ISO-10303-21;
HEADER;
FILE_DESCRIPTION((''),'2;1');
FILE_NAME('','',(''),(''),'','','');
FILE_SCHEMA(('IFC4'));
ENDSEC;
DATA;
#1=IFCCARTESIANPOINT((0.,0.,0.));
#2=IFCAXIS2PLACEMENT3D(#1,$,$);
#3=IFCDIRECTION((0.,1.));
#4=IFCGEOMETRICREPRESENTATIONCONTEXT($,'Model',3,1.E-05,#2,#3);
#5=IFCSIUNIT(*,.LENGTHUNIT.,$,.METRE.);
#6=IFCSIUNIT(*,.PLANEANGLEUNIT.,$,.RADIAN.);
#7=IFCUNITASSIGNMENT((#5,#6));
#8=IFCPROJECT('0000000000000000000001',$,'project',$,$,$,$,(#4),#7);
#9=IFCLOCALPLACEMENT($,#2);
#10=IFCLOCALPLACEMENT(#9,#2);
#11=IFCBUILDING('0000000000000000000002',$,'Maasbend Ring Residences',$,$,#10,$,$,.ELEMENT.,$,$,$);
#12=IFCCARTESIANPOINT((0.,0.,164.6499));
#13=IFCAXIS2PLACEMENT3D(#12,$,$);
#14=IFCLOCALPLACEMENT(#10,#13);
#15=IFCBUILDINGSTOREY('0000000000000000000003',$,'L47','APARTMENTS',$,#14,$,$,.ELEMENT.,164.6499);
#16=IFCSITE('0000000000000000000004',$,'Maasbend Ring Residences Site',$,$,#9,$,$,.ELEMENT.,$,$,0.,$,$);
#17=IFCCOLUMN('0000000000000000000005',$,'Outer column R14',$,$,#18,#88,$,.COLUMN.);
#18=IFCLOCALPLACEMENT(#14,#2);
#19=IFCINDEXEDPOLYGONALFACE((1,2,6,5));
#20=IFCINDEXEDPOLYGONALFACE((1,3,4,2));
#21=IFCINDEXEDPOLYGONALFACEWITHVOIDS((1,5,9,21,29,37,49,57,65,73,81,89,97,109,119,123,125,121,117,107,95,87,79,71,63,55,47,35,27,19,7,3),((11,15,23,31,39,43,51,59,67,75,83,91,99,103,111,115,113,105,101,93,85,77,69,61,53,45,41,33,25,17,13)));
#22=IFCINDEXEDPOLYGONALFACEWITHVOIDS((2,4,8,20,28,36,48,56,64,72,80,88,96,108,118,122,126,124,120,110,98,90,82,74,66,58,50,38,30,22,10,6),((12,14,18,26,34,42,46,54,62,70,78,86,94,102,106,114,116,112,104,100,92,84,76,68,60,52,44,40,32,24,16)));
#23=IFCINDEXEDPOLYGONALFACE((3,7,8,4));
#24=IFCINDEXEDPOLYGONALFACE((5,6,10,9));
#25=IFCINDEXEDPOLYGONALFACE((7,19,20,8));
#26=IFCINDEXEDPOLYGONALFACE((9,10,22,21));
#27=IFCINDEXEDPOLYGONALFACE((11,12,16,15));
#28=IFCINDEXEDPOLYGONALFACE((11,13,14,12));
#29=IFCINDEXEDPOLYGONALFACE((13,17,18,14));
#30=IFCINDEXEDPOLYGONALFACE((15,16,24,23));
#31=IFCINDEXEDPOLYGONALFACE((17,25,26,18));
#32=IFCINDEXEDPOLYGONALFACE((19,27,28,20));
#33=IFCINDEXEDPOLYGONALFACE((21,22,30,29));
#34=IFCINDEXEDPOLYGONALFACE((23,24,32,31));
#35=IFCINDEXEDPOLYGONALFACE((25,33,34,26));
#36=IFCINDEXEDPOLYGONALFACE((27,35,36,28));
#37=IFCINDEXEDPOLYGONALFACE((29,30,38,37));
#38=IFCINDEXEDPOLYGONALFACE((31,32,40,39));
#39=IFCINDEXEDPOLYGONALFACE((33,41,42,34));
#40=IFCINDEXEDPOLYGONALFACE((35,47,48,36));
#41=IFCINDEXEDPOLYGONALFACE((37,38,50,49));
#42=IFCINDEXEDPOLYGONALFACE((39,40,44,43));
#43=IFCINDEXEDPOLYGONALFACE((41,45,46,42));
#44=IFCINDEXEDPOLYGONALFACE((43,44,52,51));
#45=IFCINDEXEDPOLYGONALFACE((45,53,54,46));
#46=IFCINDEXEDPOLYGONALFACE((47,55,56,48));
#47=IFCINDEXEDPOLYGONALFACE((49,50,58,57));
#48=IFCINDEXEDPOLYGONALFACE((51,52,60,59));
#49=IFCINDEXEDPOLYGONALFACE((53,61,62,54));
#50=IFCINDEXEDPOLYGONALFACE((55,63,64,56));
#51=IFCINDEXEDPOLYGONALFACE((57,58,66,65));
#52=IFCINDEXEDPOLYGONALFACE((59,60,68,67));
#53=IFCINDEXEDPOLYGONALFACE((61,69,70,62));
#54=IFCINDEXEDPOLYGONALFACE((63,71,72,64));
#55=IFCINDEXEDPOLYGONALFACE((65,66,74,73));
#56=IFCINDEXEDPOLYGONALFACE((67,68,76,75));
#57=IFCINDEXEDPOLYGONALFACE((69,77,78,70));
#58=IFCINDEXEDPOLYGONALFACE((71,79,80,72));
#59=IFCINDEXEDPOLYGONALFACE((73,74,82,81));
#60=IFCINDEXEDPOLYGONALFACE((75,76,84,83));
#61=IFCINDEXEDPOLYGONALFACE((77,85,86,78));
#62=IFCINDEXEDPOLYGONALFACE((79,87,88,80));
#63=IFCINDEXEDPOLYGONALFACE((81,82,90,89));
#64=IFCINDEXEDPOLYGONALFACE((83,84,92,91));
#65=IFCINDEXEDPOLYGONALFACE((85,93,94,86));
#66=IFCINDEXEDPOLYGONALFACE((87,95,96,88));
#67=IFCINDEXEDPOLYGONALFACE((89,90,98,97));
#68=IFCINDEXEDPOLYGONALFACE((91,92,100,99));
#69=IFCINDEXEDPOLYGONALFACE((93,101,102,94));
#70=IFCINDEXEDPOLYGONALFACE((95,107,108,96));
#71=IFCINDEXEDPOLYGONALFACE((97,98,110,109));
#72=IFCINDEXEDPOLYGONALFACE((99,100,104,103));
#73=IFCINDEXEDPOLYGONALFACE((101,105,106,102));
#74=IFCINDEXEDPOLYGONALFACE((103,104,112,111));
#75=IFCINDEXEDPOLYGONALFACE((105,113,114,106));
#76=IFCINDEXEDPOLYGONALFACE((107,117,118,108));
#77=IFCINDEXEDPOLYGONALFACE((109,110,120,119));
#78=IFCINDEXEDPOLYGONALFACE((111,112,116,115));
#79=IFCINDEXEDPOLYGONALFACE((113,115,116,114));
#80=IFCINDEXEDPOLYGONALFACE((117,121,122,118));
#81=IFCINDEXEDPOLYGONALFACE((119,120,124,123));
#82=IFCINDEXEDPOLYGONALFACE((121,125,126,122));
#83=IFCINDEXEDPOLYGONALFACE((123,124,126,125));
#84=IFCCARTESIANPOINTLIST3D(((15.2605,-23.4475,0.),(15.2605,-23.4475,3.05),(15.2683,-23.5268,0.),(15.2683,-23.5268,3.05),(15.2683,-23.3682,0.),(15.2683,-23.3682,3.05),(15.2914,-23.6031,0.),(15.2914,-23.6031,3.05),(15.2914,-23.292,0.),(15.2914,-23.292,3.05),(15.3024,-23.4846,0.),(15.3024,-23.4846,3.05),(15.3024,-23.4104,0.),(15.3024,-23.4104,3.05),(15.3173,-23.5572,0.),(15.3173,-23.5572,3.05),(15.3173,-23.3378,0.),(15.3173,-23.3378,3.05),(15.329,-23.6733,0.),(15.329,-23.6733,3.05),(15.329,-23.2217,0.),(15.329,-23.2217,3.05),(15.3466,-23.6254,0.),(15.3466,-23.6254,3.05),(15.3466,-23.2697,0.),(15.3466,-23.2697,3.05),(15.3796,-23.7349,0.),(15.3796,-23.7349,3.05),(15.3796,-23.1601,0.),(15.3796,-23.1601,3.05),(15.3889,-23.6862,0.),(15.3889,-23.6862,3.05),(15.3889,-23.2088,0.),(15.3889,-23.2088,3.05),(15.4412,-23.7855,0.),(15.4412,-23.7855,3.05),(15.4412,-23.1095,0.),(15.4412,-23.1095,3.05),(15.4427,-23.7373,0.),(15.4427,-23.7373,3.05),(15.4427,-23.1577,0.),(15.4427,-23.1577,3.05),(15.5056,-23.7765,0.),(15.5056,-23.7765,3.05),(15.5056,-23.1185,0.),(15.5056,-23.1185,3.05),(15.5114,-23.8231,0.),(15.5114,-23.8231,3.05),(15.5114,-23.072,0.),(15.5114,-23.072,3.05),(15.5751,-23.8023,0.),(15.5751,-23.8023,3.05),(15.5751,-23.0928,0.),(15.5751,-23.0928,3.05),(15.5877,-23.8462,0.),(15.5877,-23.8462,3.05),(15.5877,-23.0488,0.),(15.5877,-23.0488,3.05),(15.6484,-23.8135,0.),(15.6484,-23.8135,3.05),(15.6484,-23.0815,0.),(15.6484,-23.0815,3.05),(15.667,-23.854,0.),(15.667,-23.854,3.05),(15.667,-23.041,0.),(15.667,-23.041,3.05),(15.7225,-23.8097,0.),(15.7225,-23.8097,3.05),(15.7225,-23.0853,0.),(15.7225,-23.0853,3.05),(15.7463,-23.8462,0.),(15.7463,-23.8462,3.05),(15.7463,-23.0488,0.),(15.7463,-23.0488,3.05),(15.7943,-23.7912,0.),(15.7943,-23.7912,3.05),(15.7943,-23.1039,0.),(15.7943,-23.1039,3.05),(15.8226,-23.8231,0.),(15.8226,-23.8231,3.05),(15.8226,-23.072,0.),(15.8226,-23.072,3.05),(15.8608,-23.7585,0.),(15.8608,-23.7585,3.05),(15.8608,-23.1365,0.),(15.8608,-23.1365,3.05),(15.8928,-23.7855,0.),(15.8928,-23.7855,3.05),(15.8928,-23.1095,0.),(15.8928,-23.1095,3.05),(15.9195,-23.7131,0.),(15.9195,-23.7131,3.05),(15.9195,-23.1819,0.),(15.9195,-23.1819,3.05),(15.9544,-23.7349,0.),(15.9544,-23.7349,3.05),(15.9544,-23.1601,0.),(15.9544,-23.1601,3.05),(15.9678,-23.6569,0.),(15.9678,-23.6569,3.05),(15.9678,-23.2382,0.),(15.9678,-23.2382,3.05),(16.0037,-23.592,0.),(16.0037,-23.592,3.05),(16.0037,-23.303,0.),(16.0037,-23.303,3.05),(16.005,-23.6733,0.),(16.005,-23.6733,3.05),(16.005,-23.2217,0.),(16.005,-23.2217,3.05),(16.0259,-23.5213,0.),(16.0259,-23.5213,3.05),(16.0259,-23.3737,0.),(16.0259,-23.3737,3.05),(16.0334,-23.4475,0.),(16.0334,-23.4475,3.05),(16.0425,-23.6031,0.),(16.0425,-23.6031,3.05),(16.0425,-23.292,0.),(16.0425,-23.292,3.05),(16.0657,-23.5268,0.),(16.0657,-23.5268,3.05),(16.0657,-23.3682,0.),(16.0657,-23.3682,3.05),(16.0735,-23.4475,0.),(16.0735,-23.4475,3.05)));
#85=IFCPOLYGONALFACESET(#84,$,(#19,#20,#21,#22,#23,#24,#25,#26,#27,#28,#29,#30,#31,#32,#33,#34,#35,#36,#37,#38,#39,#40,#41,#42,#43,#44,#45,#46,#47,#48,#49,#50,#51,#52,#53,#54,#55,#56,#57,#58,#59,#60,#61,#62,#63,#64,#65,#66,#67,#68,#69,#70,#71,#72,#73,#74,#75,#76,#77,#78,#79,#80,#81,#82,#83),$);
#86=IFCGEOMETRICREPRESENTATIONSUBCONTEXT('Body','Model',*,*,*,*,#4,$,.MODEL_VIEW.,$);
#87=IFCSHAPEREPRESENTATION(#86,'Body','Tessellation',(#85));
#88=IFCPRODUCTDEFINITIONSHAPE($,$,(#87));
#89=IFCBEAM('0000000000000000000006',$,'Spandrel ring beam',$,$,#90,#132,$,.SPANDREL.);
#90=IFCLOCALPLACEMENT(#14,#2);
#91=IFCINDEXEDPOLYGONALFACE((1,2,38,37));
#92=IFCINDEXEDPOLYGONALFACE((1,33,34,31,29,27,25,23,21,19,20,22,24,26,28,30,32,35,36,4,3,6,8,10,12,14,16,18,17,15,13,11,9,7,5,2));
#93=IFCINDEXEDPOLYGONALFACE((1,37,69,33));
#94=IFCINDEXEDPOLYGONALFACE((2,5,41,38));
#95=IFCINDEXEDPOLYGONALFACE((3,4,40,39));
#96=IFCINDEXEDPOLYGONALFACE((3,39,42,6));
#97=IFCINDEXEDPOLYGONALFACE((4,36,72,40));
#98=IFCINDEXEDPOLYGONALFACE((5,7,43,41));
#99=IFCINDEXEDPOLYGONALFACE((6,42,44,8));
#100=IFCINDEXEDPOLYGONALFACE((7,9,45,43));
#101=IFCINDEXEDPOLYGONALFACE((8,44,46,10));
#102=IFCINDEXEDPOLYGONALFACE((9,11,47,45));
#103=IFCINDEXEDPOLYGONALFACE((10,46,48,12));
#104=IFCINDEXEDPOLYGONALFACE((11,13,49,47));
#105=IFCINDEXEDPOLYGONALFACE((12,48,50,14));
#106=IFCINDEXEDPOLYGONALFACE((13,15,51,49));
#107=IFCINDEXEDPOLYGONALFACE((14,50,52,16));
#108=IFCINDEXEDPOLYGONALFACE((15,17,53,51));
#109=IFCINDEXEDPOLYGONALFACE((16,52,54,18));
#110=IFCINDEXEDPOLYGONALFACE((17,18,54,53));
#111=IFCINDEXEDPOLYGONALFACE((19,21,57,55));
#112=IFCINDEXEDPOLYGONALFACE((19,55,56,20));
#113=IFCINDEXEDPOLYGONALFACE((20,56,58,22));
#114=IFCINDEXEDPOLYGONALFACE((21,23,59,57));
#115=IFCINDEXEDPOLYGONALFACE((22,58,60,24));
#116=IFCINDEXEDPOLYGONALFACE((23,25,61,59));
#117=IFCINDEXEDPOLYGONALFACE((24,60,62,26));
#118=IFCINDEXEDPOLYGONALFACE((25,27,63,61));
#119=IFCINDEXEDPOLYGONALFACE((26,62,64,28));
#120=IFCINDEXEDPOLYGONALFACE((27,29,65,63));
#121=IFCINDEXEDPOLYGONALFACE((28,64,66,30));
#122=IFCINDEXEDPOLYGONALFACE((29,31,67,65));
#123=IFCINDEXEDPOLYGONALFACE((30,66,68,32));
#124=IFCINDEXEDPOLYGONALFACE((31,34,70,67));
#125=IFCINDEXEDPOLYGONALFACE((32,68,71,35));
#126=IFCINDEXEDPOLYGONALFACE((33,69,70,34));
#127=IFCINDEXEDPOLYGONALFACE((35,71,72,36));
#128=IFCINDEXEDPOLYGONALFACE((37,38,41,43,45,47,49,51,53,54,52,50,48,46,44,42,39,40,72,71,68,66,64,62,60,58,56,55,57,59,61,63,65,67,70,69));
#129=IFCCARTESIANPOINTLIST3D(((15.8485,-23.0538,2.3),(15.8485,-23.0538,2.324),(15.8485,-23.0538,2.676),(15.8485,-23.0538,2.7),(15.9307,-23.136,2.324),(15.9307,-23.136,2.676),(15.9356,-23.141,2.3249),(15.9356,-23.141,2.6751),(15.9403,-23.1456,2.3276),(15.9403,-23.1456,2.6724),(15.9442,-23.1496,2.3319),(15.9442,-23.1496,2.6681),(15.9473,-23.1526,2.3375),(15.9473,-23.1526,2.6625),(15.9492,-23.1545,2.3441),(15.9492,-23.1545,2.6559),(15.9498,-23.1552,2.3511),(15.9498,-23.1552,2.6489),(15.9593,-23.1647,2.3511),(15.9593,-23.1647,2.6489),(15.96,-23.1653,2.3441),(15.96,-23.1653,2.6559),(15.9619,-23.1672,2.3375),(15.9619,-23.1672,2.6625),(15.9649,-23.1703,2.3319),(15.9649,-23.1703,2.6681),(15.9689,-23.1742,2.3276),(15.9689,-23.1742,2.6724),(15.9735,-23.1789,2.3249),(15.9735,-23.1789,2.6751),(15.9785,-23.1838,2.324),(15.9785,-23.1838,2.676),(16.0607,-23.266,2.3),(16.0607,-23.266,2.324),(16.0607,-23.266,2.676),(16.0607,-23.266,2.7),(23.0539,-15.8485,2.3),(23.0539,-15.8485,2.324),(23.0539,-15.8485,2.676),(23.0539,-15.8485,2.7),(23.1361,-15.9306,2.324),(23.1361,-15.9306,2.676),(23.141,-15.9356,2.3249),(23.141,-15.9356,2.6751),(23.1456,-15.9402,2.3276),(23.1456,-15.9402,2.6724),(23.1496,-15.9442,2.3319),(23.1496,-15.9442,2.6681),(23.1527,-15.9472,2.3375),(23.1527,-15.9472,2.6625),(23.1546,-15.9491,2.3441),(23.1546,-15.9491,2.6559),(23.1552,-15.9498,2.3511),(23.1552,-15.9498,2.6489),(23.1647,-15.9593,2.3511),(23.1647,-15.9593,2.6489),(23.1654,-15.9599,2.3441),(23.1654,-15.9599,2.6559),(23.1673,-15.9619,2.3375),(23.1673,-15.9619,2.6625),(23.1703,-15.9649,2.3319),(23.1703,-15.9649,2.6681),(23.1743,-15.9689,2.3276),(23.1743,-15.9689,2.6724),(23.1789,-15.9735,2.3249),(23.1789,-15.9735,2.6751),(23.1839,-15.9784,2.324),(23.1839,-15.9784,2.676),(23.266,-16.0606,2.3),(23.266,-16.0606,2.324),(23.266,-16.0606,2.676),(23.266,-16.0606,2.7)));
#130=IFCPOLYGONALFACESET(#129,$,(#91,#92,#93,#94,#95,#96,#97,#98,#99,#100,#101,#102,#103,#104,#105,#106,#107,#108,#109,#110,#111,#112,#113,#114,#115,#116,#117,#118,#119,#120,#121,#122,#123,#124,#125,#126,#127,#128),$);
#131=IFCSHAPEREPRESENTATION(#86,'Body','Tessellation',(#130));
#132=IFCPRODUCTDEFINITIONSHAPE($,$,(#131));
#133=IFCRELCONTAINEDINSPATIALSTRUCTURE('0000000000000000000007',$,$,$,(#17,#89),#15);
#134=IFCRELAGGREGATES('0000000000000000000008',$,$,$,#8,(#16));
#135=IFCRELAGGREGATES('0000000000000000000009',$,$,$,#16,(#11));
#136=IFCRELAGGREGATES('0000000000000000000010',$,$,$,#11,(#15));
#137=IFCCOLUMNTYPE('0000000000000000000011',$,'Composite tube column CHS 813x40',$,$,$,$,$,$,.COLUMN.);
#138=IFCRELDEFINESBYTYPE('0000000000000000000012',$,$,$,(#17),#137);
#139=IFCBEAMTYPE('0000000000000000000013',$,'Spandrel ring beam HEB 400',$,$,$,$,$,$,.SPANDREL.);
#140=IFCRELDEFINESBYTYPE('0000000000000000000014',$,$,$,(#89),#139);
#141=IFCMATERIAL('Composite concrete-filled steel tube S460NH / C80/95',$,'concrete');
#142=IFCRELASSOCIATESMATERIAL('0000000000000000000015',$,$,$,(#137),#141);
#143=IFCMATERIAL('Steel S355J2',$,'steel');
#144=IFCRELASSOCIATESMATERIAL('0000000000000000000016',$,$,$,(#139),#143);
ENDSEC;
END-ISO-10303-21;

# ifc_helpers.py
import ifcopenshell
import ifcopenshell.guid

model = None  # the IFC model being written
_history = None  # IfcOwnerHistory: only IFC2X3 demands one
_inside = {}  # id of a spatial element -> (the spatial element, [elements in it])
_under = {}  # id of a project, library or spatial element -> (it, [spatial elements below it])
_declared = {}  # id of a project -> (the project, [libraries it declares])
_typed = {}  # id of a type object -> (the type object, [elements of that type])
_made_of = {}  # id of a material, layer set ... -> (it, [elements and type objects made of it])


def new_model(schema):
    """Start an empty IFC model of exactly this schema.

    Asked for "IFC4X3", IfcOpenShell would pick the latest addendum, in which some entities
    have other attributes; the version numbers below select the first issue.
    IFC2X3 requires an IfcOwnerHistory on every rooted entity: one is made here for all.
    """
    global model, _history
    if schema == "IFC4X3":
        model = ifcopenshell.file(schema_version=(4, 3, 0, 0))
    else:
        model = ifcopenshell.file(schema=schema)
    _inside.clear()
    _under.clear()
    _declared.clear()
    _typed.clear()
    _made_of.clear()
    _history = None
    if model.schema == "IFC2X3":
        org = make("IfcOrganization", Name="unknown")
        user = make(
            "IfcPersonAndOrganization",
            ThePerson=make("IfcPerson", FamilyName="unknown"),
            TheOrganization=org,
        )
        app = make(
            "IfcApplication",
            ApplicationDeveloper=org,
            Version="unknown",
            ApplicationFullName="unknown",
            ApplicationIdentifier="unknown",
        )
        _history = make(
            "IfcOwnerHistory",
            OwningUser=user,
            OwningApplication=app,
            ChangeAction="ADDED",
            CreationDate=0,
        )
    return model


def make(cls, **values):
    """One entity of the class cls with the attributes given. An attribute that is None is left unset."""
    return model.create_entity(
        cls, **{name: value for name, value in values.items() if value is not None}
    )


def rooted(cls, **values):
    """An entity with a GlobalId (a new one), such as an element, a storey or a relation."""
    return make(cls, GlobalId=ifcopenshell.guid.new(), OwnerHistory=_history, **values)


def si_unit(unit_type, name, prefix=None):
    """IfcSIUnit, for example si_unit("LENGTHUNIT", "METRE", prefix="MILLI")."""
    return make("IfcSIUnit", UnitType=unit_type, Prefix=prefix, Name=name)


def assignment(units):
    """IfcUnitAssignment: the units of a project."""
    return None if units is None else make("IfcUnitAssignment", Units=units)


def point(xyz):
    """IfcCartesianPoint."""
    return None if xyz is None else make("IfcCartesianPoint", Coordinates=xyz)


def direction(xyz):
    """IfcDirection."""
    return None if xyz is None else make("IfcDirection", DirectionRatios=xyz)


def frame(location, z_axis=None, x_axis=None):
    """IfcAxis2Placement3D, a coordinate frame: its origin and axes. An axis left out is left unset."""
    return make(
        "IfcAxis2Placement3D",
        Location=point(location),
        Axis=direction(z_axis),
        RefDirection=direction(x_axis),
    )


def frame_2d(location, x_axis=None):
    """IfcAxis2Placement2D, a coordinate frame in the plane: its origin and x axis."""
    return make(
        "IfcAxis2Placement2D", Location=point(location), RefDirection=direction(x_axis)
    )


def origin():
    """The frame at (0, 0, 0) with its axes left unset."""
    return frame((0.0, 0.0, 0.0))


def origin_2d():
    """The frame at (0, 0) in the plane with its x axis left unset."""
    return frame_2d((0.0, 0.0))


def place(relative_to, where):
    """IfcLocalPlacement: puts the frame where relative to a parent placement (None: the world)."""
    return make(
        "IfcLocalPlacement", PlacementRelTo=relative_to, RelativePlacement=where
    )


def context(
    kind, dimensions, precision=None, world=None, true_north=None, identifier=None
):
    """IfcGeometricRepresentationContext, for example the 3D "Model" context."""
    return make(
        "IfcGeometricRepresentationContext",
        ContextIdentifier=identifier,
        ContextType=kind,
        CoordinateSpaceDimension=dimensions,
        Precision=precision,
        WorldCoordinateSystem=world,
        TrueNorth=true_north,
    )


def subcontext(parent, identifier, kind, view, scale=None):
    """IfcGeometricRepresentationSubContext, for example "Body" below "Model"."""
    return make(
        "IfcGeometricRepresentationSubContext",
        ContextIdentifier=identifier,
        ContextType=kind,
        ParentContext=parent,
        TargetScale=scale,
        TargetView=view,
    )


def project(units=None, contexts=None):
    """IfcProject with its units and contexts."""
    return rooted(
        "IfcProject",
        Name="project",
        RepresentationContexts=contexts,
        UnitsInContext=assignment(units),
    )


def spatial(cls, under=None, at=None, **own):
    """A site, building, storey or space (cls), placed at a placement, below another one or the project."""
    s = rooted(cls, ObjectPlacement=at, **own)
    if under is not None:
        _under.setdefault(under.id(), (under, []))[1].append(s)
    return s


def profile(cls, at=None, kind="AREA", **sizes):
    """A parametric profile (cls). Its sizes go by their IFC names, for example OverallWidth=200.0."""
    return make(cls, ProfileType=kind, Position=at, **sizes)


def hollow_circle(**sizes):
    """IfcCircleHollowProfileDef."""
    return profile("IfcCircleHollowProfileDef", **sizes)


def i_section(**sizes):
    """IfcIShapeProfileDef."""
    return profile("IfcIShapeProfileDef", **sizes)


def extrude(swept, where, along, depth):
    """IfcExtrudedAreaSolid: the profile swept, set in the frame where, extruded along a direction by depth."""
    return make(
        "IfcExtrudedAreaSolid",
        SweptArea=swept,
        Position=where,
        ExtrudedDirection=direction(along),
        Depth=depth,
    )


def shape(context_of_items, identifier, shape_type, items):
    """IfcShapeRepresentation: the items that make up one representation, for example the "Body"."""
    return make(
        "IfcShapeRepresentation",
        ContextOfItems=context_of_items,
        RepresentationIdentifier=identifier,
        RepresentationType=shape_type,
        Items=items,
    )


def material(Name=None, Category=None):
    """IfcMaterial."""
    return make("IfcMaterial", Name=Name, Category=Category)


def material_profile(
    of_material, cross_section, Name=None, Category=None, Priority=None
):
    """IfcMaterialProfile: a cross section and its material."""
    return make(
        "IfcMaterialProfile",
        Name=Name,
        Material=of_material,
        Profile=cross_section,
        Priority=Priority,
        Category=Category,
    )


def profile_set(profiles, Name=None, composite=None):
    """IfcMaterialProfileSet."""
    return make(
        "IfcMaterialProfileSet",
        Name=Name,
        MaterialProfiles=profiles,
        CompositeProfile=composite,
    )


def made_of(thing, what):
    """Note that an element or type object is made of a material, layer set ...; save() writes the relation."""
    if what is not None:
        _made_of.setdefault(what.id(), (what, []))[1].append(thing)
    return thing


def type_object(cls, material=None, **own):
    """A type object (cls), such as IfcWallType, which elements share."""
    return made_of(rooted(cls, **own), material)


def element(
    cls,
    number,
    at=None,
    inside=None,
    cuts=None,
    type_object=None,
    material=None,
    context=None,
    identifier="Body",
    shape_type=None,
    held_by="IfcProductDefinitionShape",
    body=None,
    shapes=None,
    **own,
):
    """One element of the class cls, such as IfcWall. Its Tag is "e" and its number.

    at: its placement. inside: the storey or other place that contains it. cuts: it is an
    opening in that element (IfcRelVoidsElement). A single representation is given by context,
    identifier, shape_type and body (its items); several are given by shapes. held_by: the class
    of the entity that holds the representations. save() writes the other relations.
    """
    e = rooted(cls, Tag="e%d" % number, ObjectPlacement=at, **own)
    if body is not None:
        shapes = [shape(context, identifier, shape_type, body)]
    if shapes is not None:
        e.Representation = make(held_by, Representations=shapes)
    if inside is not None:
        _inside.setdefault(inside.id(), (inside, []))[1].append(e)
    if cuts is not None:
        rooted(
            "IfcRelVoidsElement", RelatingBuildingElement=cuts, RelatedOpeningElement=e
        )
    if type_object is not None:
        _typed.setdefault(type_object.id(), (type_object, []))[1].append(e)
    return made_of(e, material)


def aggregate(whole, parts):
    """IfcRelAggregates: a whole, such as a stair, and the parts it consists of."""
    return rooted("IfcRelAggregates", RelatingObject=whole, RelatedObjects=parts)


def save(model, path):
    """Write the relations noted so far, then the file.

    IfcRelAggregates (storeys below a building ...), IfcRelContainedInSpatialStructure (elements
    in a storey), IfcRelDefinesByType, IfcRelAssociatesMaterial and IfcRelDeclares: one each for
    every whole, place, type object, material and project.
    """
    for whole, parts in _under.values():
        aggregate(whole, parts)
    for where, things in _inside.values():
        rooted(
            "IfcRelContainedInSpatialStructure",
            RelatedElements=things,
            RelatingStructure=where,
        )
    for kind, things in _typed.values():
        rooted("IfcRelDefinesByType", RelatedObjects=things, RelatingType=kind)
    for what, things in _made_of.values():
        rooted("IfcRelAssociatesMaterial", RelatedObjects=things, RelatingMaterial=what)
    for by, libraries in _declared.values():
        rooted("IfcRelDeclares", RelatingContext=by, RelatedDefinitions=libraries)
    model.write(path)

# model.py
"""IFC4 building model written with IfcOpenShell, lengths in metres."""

from ifc_helpers import new_model, si_unit, direction, frame, origin, origin_2d, place, context, subcontext, project, spatial, hollow_circle, i_section, extrude, material, material_profile, profile_set, type_object, element, save


model = new_model("IFC4")

# Units and contexts
model_context = context("Model", 3, precision=1e-05, world=origin(), true_north=direction((0.0, 1.0)))
body_context = subcontext(model_context, "Body", "Model", "MODEL_VIEW")
ifc_project = project(units=[si_unit("LENGTHUNIT", "METRE"), si_unit("PLANEANGLEUNIT", "RADIAN")], contexts=[model_context])

# Site, building, storey
site_placement = place(None, origin())
site = spatial("IfcSite", under=ifc_project, at=site_placement, Name="Maasbend Ring Residences Site", CompositionType="ELEMENT", RefElevation=0.0)
building_placement = place(site_placement, origin())
building = spatial("IfcBuilding", under=site, at=building_placement, Name="Maasbend Ring Residences", CompositionType="ELEMENT")
storey_placement = place(building_placement, frame((0.0, 0.0, 164.6499)))
storey = spatial("IfcBuildingStorey", under=building, at=storey_placement, Name="L47", Description="APARTMENTS", CompositionType="ELEMENT", Elevation=164.6499)

# Column
ifc_material_1 = material(Name="Composite concrete-filled steel tube S460NH / C80/95", Category="concrete")
ifc_material_profile_1 = material_profile(ifc_material_1, hollow_circle(Radius=0.4065, WallThickness=0.04, at=origin_2d()), Name="Composite tube column CHS 813x40")
ifc_profile_set_1 = profile_set([ifc_material_profile_1], Name="Composite concrete-filled steel tube S460NH / C80/95")
column_type = type_object("IfcColumnType", Name="Composite tube column CHS 813x40", PredefinedType="COLUMN", material=ifc_profile_set_1)
column_placement = place(storey_placement, frame((15.667, -23.4475, 0.0), z_axis=(0.0, 0.0, 1.0), x_axis=(1.0, 0.0, 0.0)))
element("IfcColumn", 1, at=column_placement, inside=storey, type_object=column_type, Name="Outer column R14", PredefinedType="COLUMN", context=body_context, shape_type="SweptSolid", body=[
    extrude(hollow_circle(Radius=0.4065, WallThickness=0.04, at=origin_2d()), origin(), (0.0, 0.0, 1.0), 3.05),
])

# Beam
ifc_material_2 = material(Name="Steel S355J2", Category="steel")
ifc_material_profile_2 = material_profile(ifc_material_2, i_section(OverallWidth=0.3, OverallDepth=0.3999, WebThickness=0.0134, FlangeThickness=0.0239, FilletRadius=0.0271, at=origin_2d()), Name="HEB 400")
ifc_profile_set_2 = profile_set([ifc_material_profile_2], Name="Steel S355J2")
beam_type = type_object("IfcBeamType", Name="Spandrel ring beam HEB 400", PredefinedType="SPANDREL", material=ifc_profile_set_2)
beam_placement = place(storey_placement, frame((15.9546, -23.1599, 2.5), z_axis=(0.707107, 0.707107, 0.0), x_axis=(-0.707107, 0.707107, 0.0)))
element("IfcBeam", 2, at=beam_placement, inside=storey, type_object=beam_type, Name="Spandrel ring beam", PredefinedType="SPANDREL", context=body_context, shape_type="SweptSolid", body=[
    extrude(i_section(OverallWidth=0.3, OverallDepth=0.3999, WebThickness=0.0134, FlangeThickness=0.0239, FilletRadius=0.0271, at=origin_2d()), origin(), (0.0, 0.0, 1.0), 10.1899),
])

save(model, "model.ifc")
